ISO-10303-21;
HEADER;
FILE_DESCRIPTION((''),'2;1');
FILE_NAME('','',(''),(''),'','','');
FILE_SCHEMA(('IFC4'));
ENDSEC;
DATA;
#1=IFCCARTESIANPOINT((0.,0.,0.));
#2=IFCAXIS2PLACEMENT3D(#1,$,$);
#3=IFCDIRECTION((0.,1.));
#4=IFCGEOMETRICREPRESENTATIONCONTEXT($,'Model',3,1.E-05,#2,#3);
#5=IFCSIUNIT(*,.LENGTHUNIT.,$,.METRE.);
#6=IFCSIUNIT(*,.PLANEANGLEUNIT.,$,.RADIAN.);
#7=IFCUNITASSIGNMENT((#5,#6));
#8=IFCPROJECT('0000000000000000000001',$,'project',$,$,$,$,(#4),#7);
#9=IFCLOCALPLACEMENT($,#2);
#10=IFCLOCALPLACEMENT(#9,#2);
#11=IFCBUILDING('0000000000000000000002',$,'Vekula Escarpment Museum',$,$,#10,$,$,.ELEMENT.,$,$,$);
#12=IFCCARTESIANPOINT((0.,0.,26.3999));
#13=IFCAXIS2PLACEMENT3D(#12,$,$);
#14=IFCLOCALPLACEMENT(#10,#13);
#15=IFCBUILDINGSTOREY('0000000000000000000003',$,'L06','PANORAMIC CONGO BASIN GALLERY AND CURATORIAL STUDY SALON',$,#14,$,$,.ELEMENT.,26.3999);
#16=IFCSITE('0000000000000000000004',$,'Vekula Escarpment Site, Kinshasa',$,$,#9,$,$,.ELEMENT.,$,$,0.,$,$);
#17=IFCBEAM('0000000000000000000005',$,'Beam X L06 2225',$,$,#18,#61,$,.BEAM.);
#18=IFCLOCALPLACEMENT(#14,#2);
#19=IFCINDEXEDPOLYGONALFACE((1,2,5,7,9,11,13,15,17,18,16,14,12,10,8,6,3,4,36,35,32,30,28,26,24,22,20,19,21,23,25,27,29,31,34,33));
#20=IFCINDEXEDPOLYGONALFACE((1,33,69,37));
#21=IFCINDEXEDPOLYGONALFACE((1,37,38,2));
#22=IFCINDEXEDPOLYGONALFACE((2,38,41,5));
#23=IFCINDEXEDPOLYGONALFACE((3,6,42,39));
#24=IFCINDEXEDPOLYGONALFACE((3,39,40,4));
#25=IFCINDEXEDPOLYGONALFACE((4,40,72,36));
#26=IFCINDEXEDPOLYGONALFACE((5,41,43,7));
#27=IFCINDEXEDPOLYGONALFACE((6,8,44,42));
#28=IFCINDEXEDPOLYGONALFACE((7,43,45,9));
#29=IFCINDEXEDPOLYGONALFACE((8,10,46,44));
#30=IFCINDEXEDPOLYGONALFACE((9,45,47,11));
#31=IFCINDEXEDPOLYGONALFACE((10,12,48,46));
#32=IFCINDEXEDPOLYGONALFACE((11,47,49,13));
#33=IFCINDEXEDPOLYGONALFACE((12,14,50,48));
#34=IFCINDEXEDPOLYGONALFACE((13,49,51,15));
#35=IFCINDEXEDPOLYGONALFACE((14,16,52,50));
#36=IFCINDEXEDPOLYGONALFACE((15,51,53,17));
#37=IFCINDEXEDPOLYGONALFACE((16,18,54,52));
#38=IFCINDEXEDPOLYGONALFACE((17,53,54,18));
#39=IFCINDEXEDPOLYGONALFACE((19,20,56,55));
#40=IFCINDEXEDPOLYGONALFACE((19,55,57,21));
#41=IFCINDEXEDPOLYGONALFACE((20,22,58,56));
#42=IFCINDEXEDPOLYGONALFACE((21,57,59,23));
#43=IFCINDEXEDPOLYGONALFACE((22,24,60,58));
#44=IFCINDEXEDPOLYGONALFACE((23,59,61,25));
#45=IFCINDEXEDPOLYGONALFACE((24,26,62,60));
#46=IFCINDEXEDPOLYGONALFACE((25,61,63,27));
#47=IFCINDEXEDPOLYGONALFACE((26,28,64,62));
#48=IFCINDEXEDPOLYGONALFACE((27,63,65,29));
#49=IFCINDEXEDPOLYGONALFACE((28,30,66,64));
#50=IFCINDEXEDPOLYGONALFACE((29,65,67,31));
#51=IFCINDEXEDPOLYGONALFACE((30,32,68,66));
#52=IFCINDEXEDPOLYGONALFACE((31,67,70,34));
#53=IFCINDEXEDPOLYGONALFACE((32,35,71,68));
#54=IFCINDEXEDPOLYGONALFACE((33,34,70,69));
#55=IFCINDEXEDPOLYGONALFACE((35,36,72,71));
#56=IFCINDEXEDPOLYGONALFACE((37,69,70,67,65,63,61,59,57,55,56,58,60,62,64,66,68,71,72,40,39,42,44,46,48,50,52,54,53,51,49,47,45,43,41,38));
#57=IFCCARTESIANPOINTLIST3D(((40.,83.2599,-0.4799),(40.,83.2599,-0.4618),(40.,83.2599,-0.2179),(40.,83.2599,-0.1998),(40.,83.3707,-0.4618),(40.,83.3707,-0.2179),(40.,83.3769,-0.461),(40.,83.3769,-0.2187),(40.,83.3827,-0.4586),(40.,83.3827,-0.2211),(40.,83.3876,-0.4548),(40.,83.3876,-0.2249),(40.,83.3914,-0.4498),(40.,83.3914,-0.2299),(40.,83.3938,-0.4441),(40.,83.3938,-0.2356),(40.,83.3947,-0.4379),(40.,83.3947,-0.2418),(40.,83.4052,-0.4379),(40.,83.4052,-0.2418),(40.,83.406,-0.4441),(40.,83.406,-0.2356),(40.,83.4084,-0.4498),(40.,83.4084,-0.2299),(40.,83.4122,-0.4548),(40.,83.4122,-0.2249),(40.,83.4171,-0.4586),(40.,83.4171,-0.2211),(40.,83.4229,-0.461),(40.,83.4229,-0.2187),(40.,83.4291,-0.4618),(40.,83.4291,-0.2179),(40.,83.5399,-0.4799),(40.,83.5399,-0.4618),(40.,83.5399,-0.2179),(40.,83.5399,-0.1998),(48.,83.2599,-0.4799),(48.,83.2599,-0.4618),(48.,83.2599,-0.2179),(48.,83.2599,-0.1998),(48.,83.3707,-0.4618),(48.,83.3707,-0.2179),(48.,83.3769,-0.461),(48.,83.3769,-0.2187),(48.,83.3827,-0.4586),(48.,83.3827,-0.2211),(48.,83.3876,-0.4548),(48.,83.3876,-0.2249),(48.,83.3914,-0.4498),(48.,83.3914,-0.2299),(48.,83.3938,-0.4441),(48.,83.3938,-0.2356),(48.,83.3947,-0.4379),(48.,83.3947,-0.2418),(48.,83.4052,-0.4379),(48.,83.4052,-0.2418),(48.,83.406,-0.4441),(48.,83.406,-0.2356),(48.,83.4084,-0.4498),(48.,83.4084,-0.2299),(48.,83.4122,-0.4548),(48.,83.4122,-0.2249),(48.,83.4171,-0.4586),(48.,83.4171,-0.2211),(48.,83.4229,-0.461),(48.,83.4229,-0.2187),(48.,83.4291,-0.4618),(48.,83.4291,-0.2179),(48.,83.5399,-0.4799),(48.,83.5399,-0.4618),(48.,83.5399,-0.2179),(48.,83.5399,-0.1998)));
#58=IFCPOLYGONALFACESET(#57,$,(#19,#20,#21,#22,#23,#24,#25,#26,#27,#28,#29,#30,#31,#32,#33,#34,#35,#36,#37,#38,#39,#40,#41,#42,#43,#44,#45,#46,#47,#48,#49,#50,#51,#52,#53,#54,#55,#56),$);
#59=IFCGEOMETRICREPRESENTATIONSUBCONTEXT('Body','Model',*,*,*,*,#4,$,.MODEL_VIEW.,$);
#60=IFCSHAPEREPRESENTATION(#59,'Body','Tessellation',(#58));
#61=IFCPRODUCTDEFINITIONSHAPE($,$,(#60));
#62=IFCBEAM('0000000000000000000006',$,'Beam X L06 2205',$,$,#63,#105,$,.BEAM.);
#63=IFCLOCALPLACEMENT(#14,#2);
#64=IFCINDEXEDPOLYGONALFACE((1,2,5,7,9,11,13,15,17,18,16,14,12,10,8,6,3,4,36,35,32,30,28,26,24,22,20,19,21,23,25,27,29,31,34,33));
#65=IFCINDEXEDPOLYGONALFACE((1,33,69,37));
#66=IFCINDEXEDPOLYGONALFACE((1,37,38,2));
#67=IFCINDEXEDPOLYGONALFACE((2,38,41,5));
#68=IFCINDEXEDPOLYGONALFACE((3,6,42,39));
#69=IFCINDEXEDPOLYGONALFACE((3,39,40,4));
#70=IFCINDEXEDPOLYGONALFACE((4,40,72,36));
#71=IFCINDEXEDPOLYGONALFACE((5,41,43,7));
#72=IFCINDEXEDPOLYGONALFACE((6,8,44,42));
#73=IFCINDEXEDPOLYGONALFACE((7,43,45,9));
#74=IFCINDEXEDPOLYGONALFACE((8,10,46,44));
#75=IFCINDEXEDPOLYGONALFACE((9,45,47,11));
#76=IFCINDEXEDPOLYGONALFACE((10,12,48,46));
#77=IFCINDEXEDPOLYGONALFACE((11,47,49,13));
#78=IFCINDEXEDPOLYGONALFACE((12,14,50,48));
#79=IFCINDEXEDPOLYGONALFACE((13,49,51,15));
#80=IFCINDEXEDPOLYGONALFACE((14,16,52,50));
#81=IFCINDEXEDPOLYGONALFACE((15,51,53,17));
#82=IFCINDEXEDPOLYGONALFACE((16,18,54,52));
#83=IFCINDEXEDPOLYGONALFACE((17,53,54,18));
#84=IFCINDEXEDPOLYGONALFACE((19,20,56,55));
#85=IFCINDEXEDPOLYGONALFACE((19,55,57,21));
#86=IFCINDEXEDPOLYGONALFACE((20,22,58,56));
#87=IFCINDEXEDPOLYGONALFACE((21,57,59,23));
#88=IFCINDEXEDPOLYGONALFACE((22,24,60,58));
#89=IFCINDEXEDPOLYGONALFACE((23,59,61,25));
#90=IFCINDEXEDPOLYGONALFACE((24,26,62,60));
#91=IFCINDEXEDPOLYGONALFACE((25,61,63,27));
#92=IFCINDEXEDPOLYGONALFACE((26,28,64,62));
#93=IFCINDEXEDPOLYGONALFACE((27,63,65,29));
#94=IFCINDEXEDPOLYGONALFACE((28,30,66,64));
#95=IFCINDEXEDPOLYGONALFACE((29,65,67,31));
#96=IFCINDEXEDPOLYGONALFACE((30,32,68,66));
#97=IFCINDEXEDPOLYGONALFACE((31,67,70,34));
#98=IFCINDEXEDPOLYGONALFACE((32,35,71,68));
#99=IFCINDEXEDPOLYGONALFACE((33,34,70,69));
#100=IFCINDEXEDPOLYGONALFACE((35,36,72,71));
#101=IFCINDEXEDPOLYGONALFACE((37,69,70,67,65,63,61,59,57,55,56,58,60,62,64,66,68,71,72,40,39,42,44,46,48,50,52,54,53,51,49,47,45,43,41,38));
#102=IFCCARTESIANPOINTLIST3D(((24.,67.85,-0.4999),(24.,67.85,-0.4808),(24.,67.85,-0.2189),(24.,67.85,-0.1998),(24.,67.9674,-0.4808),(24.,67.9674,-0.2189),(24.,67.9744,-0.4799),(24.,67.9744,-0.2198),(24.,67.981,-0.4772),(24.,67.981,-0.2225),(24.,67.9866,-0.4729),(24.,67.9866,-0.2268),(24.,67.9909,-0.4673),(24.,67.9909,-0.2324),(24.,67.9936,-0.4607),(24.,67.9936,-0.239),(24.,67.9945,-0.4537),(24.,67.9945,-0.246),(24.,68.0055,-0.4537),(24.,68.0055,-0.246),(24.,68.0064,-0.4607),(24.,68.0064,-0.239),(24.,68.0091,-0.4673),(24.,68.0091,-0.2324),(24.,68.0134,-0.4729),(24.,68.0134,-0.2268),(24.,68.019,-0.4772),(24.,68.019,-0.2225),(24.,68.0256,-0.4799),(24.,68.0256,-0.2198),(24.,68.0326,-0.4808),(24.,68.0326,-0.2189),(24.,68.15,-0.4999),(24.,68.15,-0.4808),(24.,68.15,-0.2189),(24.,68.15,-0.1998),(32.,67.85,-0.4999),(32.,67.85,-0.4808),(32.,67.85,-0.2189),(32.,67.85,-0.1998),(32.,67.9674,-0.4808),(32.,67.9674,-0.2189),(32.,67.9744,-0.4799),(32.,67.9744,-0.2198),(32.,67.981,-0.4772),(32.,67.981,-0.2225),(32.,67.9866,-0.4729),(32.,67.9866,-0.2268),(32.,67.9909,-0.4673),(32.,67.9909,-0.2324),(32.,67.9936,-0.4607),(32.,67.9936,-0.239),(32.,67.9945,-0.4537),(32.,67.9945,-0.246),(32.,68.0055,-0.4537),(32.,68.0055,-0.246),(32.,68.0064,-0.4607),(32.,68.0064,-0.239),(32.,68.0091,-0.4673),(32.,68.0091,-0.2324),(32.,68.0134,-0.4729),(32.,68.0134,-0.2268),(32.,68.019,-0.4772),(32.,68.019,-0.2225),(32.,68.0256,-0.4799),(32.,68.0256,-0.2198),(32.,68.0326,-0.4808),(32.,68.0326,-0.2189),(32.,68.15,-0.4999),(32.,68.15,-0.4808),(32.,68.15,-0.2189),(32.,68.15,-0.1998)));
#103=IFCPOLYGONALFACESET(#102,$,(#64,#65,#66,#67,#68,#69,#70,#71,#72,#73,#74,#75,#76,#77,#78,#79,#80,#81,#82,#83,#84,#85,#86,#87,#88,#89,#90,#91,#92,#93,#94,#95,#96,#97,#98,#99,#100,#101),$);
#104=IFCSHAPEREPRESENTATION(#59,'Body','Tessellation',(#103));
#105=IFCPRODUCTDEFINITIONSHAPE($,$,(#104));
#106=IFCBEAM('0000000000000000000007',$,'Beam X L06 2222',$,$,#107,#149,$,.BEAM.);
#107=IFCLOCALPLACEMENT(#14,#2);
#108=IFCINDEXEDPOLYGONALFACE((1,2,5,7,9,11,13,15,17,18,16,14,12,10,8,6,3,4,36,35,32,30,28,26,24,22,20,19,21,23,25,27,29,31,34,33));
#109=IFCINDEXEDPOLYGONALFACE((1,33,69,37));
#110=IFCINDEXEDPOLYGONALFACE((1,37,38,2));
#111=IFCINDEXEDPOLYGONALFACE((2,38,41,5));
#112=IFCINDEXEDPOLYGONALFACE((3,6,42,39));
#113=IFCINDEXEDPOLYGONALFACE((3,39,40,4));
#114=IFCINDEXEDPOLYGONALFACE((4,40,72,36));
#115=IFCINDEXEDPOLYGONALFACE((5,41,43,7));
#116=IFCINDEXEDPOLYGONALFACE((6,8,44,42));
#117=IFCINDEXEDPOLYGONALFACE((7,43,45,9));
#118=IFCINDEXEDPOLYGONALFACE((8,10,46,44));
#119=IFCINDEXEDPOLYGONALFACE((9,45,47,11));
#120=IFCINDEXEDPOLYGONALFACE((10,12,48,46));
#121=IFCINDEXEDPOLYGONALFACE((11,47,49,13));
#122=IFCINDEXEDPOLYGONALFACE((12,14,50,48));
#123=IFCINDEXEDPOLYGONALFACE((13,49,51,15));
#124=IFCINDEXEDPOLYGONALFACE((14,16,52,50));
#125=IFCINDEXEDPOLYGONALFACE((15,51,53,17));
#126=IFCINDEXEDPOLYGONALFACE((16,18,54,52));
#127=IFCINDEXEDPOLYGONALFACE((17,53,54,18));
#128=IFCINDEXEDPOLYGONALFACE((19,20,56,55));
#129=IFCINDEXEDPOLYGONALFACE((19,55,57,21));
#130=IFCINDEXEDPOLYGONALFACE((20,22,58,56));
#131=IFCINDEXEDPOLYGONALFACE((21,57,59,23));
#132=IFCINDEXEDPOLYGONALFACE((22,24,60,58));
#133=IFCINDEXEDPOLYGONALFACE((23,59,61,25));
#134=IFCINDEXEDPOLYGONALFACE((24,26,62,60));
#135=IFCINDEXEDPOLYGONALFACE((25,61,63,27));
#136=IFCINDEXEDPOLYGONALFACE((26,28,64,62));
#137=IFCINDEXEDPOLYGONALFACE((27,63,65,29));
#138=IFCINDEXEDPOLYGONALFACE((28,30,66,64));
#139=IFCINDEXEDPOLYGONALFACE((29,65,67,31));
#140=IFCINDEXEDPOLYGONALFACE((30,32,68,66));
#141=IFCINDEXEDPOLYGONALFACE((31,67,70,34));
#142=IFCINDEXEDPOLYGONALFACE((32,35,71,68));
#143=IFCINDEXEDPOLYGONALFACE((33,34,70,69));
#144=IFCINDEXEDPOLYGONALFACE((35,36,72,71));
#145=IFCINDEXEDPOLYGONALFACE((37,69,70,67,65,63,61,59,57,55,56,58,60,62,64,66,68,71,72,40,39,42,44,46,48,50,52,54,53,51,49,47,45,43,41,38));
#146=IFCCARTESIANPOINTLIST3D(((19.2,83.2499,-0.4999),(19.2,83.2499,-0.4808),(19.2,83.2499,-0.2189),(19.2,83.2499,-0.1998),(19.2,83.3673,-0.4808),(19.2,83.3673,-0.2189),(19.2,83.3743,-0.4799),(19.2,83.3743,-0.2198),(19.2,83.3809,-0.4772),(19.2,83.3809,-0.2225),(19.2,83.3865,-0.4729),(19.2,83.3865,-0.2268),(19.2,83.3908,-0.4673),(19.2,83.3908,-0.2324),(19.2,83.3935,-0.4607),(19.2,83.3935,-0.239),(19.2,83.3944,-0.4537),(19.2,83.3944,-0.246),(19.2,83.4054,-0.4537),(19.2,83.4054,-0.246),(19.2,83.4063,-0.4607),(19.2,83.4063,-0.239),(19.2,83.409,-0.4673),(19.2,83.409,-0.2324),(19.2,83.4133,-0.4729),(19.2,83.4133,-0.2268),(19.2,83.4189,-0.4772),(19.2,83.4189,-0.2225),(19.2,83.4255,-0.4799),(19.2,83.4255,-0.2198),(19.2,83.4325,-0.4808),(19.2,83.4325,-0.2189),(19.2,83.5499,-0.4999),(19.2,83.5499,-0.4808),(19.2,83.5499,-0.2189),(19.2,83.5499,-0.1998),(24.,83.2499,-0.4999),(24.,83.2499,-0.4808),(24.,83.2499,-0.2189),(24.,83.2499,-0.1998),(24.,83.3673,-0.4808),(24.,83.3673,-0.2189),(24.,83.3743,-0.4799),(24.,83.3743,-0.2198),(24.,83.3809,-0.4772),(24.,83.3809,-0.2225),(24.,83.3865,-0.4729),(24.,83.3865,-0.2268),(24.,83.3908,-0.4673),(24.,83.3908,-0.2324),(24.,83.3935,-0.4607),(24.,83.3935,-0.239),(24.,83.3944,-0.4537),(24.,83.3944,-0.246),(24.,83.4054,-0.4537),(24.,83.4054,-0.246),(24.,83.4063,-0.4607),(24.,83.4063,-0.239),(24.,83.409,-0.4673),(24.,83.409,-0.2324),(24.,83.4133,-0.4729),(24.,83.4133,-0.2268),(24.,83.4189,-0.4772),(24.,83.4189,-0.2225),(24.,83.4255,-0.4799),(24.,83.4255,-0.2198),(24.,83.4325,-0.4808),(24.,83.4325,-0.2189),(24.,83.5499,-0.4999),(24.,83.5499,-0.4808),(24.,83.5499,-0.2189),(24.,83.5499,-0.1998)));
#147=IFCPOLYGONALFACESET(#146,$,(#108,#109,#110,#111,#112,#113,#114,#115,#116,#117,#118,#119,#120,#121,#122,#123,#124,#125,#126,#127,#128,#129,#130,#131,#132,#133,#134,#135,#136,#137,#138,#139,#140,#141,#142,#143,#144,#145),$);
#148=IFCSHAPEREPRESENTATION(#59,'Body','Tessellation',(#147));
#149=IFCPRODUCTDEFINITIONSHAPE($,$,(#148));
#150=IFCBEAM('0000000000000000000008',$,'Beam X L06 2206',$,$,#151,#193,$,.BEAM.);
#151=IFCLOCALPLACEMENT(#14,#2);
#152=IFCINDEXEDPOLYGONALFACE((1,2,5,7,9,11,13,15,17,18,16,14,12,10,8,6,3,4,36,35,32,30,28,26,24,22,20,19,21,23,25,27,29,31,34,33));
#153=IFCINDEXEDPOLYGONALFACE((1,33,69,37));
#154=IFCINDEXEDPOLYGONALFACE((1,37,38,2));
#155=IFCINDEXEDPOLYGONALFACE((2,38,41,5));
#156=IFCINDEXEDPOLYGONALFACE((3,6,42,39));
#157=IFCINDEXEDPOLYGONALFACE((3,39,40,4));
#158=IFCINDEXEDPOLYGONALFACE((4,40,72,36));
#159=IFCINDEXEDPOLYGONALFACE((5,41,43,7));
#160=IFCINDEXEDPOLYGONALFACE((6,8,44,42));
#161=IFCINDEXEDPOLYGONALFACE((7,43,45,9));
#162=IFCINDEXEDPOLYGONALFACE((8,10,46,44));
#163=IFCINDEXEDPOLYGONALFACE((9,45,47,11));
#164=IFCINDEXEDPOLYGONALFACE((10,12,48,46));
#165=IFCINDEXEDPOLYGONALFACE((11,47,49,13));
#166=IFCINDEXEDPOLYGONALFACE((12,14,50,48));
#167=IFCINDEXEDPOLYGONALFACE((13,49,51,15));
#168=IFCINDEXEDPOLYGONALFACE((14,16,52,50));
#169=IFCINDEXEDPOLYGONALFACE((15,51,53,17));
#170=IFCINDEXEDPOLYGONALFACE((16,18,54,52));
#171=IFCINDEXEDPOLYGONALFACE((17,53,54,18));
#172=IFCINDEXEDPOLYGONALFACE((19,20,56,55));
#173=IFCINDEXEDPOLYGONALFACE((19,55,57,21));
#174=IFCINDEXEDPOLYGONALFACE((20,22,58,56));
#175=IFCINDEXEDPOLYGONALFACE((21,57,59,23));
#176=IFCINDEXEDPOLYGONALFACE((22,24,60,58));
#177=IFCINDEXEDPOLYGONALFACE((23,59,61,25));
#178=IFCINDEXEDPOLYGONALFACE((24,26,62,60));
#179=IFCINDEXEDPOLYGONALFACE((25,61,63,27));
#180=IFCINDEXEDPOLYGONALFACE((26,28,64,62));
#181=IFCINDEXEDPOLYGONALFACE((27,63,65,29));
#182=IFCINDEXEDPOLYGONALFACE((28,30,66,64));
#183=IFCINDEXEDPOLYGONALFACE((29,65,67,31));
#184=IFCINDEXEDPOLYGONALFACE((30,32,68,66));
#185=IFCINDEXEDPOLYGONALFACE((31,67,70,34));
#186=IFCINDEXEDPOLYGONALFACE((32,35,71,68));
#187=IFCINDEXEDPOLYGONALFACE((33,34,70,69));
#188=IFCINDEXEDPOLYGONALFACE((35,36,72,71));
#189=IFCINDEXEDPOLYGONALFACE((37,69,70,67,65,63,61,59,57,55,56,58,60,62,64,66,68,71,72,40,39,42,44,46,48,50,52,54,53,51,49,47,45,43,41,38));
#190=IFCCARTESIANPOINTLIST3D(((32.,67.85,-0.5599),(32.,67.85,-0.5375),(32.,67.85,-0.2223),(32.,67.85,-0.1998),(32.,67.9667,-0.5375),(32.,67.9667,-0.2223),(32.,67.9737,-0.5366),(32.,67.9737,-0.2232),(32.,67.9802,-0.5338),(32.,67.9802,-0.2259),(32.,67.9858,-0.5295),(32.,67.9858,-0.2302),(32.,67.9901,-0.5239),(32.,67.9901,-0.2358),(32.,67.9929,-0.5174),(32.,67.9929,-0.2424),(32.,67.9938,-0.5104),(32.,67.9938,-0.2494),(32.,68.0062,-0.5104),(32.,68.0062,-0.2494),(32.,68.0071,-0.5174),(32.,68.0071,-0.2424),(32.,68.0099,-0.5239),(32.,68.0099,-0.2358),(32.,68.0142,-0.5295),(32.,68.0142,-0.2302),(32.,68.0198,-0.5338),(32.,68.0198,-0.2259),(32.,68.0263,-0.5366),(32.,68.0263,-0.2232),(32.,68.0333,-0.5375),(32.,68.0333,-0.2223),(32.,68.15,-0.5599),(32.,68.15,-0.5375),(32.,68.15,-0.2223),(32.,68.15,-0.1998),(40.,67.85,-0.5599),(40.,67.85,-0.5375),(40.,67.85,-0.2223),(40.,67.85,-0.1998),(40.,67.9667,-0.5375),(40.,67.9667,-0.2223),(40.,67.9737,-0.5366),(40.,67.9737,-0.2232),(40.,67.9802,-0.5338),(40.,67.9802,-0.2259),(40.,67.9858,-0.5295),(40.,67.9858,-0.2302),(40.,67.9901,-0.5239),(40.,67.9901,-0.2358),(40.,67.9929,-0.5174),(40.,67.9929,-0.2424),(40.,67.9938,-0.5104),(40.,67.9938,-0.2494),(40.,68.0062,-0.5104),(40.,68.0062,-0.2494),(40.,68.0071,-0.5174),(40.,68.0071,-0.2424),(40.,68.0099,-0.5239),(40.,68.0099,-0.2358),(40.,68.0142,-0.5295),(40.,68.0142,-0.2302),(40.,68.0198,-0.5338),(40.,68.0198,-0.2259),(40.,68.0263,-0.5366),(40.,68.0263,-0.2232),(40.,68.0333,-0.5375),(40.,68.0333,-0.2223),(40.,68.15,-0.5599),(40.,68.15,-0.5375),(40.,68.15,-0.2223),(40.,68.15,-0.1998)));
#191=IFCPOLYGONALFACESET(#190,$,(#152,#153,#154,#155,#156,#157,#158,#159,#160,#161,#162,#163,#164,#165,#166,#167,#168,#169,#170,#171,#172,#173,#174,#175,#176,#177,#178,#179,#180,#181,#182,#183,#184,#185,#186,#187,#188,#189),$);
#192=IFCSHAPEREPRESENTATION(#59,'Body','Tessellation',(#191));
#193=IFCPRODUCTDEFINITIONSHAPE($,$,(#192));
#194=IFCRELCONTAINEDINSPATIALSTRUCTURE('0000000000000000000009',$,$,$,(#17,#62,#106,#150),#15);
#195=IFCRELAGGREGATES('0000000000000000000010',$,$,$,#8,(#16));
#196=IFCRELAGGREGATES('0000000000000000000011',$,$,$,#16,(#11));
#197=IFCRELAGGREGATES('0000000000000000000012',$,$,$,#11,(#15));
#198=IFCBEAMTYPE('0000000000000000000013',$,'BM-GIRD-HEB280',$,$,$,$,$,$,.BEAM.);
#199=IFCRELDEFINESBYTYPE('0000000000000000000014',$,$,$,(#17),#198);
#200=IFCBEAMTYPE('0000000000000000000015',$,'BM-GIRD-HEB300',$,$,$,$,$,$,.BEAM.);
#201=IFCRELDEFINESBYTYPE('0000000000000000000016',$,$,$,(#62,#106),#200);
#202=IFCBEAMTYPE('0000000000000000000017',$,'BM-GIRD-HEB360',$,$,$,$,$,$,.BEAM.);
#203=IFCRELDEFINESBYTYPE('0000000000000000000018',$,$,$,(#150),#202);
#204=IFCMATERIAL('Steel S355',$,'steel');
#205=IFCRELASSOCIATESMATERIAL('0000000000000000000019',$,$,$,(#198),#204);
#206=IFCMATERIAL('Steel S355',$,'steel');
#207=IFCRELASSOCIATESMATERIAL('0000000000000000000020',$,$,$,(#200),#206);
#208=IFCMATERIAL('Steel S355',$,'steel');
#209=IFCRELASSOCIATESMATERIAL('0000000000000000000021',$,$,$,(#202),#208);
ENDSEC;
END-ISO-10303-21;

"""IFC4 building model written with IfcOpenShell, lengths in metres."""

from ifc_helpers import new_model, si_unit, direction, frame, origin, origin_2d, place, context, subcontext, project, spatial, i_section, extrude, material, material_profile, profile_set, type_object, element, save


model = new_model("IFC4")

# Units and contexts
model_context = context("Model", 3, precision=1e-05, world=origin(), true_north=direction((0.0, 1.0)))
body_context = subcontext(model_context, "Body", "Model", "MODEL_VIEW")
ifc_project = project(units=[si_unit("LENGTHUNIT", "METRE"), si_unit("PLANEANGLEUNIT", "RADIAN")], contexts=[model_context])

# Site, building, storey
site_placement = place(None, origin())
site = spatial("IfcSite", under=ifc_project, at=site_placement, Name="Vekula Escarpment Site, Kinshasa", CompositionType="ELEMENT", RefElevation=0.0)
building_placement = place(site_placement, origin())
building = spatial("IfcBuilding", under=site, at=building_placement, Name="Vekula Escarpment Museum", CompositionType="ELEMENT")
storey_placement = place(building_placement, frame((0.0, 0.0, 26.3999)))
storey = spatial("IfcBuildingStorey", under=building, at=storey_placement, Name="L06", Description="PANORAMIC CONGO BASIN GALLERY AND CURATORIAL STUDY SALON", CompositionType="ELEMENT", Elevation=26.3999)

# Beams
ifc_material_1 = material(Name="Steel S355", Category="steel")
ifc_material_profile_1 = material_profile(ifc_material_1, i_section(OverallWidth=0.28, OverallDepth=0.28, WebThickness=0.0105, FlangeThickness=0.0181, FilletRadius=0.0239, at=origin_2d()), Name="HEB 280")
ifc_profile_set_1 = profile_set([ifc_material_profile_1], Name="Steel S355")
beam_type_1 = type_object("IfcBeamType", Name="BM-GIRD-HEB280", PredefinedType="BEAM", material=ifc_profile_set_1)
beam_1_placement = place(storey_placement, frame((40.0, 83.3999, -0.3398), z_axis=(1.0, 0.0, 0.0), x_axis=(0.0, 1.0, 0.0)))
element("IfcBeam", 1, at=beam_1_placement, inside=storey, type_object=beam_type_1, Name="Beam X L06 2225", PredefinedType="BEAM", context=body_context, shape_type="SweptSolid", body=[
    extrude(i_section(OverallWidth=0.28, OverallDepth=0.28, WebThickness=0.0105, FlangeThickness=0.0181, FilletRadius=0.0239, at=origin_2d()), origin(), (0.0, 0.0, 1.0), 8.0),
])
ifc_material_2 = material(Name="Steel S355", Category="steel")
ifc_material_profile_2 = material_profile(ifc_material_2, i_section(OverallWidth=0.3, OverallDepth=0.3, WebThickness=0.011, FlangeThickness=0.019, FilletRadius=0.0271, at=origin_2d()), Name="HEB 300")
ifc_profile_set_2 = profile_set([ifc_material_profile_2], Name="Steel S355")
beam_type_2 = type_object("IfcBeamType", Name="BM-GIRD-HEB300", PredefinedType="BEAM", material=ifc_profile_set_2)
beam_2_placement = place(storey_placement, frame((24.0, 68.0, -0.3499), z_axis=(1.0, 0.0, 0.0), x_axis=(0.0, 1.0, 0.0)))
element("IfcBeam", 2, at=beam_2_placement, inside=storey, type_object=beam_type_2, Name="Beam X L06 2205", PredefinedType="BEAM", context=body_context, shape_type="SweptSolid", body=[
    extrude(i_section(OverallWidth=0.3, OverallDepth=0.3, WebThickness=0.011, FlangeThickness=0.019, FilletRadius=0.0271, at=origin_2d()), origin(), (0.0, 0.0, 1.0), 8.0),
])
beam_3_placement = place(storey_placement, frame((19.2, 83.3999, -0.3499), z_axis=(1.0, 0.0, 0.0), x_axis=(0.0, 1.0, 0.0)))
element("IfcBeam", 3, at=beam_3_placement, inside=storey, type_object=beam_type_2, Name="Beam X L06 2222", PredefinedType="BEAM", context=body_context, shape_type="SweptSolid", body=[
    extrude(i_section(OverallWidth=0.3, OverallDepth=0.3, WebThickness=0.011, FlangeThickness=0.019, FilletRadius=0.0271, at=origin_2d()), origin(), (0.0, 0.0, 1.0), 4.8),
])
ifc_material_3 = material(Name="Steel S355", Category="steel")
ifc_material_profile_3 = material_profile(ifc_material_3, i_section(OverallWidth=0.3, OverallDepth=0.3601, WebThickness=0.0125, FlangeThickness=0.0225, FilletRadius=0.0271, at=origin_2d()), Name="HEB 360")
ifc_profile_set_3 = profile_set([ifc_material_profile_3], Name="Steel S355")
beam_type_3 = type_object("IfcBeamType", Name="BM-GIRD-HEB360", PredefinedType="BEAM", material=ifc_profile_set_3)
beam_4_placement = place(storey_placement, frame((32.0, 68.0, -0.3799), z_axis=(1.0, 0.0, 0.0), x_axis=(0.0, 1.0, 0.0)))
element("IfcBeam", 4, at=beam_4_placement, inside=storey, type_object=beam_type_3, Name="Beam X L06 2206", PredefinedType="BEAM", context=body_context, shape_type="SweptSolid", body=[
    extrude(i_section(OverallWidth=0.3, OverallDepth=0.3601, WebThickness=0.0125, FlangeThickness=0.0225, FilletRadius=0.0271, at=origin_2d()), origin(), (0.0, 0.0, 1.0), 8.0),
])

save(model, "model.ifc")
